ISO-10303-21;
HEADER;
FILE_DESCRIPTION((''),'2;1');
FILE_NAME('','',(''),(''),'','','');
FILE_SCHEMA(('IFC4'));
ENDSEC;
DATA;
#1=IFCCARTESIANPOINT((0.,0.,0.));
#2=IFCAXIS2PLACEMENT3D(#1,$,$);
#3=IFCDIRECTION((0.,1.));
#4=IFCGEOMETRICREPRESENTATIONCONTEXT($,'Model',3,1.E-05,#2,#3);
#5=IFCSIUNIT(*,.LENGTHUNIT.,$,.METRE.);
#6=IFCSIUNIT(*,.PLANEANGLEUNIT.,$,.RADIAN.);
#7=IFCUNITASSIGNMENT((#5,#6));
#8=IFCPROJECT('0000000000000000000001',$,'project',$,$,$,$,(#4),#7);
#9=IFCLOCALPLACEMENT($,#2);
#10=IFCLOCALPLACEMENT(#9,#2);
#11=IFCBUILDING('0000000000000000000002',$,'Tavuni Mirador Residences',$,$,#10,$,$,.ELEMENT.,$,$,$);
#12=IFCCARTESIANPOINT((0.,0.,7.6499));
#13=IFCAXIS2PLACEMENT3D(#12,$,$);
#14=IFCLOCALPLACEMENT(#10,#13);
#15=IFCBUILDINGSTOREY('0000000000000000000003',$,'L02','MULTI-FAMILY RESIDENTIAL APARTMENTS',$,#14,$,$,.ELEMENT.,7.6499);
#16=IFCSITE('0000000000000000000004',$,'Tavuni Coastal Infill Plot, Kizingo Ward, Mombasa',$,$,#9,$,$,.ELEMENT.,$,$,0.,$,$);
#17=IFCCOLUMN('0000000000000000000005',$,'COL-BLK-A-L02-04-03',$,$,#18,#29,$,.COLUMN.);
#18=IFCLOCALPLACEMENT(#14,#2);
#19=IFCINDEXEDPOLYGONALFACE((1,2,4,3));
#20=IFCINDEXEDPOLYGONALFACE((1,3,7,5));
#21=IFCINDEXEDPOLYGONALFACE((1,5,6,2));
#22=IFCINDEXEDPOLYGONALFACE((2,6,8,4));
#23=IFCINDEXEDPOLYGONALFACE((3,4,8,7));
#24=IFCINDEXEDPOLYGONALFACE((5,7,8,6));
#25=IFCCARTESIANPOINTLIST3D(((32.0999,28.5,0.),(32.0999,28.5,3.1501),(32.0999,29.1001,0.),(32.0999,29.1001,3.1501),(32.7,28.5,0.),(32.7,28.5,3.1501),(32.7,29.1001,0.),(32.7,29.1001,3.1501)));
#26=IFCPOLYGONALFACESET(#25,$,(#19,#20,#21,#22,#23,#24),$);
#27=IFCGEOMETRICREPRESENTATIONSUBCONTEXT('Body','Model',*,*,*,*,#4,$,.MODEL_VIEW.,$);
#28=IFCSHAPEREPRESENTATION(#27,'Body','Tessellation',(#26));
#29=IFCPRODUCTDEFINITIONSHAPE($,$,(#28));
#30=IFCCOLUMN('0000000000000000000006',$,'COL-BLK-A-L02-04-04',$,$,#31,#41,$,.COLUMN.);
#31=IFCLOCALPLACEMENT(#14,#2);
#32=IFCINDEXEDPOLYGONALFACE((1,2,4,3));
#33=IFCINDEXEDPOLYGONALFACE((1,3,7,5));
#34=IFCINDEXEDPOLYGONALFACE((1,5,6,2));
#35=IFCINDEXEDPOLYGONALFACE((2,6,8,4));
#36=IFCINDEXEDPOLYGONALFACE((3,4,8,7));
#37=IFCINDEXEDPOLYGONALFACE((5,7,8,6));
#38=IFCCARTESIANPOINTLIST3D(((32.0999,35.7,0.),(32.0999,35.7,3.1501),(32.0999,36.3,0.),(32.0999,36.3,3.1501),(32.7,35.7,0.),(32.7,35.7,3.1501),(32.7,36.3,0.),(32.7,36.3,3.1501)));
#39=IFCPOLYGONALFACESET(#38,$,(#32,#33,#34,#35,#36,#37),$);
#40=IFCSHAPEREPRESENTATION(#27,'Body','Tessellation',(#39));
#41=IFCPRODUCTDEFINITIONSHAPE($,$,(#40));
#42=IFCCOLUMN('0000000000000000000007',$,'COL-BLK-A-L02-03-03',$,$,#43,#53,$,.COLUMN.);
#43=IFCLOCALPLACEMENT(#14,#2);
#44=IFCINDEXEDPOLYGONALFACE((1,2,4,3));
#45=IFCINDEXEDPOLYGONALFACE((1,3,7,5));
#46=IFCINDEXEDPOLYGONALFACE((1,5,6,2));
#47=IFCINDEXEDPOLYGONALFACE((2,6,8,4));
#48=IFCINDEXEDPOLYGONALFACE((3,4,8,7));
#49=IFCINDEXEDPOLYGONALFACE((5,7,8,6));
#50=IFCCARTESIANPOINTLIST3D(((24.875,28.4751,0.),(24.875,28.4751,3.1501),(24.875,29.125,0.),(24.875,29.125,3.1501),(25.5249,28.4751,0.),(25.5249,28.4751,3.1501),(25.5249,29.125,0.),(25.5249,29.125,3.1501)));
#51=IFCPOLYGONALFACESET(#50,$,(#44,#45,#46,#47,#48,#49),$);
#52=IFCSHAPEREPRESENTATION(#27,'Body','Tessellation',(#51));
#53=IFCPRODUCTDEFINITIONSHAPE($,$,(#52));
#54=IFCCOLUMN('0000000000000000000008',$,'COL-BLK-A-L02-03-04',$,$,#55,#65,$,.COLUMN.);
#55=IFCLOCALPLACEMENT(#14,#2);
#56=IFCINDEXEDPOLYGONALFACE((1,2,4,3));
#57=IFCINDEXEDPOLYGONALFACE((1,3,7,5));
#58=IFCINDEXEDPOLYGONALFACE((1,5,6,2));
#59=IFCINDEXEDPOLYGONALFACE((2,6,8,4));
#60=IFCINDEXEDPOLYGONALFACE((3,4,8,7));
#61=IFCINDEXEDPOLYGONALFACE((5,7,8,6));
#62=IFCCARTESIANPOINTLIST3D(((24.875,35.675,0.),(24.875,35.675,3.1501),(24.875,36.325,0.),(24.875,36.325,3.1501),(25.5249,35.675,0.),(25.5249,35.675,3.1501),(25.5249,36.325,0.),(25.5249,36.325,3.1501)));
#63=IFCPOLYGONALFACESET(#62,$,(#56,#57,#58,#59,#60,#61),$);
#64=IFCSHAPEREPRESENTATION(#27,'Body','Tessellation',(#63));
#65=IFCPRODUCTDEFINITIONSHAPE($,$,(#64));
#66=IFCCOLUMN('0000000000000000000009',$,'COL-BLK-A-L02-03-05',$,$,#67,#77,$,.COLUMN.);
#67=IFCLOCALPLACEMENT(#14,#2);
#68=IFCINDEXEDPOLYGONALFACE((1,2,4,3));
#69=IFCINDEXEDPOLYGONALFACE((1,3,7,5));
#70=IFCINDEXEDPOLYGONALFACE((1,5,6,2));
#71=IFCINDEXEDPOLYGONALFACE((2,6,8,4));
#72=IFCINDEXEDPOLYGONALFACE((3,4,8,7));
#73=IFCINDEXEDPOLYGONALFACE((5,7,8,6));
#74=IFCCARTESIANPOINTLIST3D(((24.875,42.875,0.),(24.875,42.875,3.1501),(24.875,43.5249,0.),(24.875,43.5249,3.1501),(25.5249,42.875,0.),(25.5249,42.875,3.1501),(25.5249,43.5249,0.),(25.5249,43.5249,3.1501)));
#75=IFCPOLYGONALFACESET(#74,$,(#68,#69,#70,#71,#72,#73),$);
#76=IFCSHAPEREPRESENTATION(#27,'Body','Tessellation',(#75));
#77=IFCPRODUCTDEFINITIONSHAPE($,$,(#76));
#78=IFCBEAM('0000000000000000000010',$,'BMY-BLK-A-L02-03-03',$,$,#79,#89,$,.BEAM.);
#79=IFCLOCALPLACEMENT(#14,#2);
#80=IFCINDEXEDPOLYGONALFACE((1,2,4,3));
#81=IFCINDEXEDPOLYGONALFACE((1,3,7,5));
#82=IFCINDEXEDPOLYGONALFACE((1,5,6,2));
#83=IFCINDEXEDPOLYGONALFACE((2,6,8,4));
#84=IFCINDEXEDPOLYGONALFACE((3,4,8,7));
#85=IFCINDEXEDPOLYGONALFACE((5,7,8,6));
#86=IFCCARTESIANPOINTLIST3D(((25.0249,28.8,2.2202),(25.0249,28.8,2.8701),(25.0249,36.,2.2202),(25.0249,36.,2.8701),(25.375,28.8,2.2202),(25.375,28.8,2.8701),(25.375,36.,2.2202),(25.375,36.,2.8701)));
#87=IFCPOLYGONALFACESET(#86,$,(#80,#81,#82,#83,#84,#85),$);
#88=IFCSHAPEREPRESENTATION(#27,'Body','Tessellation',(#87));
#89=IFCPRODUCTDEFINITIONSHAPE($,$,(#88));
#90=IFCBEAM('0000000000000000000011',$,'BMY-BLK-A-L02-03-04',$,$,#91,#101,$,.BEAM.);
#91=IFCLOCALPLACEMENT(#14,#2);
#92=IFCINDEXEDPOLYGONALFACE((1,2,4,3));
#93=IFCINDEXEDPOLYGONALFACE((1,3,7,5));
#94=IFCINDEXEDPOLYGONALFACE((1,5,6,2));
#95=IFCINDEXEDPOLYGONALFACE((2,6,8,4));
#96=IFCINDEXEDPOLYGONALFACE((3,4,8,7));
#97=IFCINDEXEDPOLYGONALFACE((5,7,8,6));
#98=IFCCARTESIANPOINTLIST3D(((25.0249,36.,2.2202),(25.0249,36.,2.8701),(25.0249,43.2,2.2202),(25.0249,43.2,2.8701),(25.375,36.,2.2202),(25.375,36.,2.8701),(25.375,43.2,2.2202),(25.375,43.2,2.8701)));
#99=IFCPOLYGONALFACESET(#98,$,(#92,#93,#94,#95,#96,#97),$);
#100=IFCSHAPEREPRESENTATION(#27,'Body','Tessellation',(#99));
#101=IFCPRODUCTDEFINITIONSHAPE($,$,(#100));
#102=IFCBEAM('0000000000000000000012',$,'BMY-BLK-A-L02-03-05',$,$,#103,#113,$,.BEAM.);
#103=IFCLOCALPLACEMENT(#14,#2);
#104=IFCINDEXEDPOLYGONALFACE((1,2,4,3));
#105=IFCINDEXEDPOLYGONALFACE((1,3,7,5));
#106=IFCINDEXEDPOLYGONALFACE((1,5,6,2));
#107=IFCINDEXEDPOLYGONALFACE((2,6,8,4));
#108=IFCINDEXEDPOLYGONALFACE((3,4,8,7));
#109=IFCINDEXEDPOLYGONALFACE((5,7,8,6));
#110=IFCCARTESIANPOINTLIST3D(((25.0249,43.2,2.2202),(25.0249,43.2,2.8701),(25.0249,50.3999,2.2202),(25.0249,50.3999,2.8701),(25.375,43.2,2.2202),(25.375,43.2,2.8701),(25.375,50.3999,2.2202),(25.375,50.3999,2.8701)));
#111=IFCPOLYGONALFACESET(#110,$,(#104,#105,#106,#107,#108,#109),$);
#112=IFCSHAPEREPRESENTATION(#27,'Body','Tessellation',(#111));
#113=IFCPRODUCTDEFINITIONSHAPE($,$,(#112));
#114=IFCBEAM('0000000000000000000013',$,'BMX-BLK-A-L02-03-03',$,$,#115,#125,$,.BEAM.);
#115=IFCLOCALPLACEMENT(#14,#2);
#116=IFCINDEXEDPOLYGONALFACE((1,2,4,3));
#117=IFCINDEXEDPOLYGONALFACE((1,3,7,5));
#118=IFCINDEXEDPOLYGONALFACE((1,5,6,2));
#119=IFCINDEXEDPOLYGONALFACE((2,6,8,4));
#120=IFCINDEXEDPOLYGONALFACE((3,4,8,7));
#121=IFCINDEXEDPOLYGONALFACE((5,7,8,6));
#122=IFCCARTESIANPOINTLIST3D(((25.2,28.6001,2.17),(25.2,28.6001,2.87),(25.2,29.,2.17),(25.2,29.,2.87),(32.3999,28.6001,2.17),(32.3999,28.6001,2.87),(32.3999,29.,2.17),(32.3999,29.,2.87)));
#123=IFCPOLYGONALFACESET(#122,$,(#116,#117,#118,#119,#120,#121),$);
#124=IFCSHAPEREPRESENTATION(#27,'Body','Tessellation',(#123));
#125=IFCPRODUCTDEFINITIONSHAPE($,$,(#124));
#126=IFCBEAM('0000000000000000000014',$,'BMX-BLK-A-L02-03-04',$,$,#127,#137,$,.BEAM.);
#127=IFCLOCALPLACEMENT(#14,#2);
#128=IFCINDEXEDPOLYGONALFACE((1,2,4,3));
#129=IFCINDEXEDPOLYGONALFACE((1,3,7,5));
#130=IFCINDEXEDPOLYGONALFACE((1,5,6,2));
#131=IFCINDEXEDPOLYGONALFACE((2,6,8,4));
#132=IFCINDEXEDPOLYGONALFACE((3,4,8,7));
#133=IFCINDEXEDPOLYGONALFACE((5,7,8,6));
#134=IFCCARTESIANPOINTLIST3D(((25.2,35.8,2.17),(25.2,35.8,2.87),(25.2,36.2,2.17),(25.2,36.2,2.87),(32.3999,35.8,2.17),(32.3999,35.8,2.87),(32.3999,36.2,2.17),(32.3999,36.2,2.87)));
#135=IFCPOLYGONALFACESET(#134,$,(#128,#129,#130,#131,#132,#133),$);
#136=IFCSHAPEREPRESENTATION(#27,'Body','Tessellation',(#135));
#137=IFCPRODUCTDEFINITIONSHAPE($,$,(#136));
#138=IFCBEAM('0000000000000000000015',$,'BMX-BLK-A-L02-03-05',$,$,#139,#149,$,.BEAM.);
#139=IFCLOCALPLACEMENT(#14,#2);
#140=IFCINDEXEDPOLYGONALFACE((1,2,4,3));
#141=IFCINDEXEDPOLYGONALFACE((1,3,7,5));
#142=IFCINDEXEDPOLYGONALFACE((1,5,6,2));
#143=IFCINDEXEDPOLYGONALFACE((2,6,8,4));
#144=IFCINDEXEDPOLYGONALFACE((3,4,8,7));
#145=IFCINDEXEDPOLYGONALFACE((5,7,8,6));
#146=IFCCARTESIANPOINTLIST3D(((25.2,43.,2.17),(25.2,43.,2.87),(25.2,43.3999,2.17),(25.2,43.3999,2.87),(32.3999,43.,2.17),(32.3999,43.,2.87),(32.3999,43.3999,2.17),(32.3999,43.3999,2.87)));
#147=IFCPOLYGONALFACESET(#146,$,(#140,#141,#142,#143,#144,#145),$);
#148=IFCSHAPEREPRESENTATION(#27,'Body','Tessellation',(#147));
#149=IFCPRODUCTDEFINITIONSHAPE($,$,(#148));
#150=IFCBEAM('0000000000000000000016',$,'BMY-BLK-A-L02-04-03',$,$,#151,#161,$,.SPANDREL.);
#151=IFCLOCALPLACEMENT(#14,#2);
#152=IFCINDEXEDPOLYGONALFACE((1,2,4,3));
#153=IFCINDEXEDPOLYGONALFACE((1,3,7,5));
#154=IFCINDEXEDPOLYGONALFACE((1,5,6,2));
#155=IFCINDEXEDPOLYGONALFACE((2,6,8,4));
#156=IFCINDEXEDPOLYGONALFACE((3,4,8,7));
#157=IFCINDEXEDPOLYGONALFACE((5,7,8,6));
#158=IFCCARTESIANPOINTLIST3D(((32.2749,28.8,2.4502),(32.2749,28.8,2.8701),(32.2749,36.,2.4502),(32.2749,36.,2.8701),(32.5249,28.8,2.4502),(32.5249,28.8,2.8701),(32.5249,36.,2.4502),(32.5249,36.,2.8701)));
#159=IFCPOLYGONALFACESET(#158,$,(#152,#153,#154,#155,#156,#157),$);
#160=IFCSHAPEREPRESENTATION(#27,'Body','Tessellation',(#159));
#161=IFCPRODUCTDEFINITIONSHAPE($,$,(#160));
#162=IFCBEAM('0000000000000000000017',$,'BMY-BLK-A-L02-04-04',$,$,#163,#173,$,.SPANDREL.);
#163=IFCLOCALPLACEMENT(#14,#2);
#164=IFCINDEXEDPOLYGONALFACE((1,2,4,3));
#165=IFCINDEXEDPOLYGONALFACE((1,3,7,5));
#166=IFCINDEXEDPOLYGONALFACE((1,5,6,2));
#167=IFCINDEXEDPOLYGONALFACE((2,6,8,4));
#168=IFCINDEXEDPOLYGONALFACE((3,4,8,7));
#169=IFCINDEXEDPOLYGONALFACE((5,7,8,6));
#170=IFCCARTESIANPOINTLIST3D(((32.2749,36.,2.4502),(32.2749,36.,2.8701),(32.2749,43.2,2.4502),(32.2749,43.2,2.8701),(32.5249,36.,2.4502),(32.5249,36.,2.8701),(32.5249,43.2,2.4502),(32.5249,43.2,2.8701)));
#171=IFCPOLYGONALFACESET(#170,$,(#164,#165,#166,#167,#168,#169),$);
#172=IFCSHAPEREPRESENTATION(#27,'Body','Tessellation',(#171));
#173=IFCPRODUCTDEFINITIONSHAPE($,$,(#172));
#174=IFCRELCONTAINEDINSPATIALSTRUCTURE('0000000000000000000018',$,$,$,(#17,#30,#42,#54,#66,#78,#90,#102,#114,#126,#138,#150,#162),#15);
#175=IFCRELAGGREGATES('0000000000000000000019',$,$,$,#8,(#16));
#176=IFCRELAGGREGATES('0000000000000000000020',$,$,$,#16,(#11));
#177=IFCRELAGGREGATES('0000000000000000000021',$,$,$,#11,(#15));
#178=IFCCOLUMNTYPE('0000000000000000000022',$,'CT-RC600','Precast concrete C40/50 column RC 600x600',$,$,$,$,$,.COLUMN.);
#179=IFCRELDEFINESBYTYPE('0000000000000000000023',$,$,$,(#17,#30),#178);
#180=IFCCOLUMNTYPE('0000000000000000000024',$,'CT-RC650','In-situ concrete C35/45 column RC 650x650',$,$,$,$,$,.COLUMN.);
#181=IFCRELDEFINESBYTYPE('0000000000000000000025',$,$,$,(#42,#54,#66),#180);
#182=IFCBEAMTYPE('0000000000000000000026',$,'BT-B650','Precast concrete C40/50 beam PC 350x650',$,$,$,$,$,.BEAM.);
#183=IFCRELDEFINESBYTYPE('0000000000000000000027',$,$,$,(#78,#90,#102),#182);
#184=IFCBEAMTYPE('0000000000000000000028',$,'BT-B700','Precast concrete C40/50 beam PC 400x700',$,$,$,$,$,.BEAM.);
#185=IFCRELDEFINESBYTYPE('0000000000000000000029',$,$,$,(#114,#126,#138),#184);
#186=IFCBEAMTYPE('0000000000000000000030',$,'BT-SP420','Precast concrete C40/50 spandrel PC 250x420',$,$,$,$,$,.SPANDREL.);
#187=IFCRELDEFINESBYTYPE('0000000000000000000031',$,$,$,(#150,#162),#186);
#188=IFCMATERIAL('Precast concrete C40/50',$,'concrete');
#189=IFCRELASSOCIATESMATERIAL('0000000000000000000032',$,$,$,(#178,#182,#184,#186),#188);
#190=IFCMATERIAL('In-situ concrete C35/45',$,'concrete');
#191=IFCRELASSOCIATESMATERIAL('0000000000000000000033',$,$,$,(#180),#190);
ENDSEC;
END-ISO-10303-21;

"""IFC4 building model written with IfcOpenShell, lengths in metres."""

from ifc_helpers import new_model, si_unit, direction, frame, origin, origin_2d, place, context, subcontext, project, spatial, rectangle, extrude, material, material_profile, profile_set, type_object, element, save


model = new_model("IFC4")

# Units and contexts
model_context = context("Model", 3, precision=1e-05, world=origin(), true_north=direction((0.0, 1.0)))
body_context = subcontext(model_context, "Body", "Model", "MODEL_VIEW")
ifc_project = project(units=[si_unit("LENGTHUNIT", "METRE"), si_unit("PLANEANGLEUNIT", "RADIAN")], contexts=[model_context])

# Site, building, storey
site_placement = place(None, origin())
site = spatial("IfcSite", under=ifc_project, at=site_placement, Name="Tavuni Coastal Infill Plot, Kizingo Ward, Mombasa", CompositionType="ELEMENT", RefElevation=0.0)
building_placement = place(site_placement, origin())
building = spatial("IfcBuilding", under=site, at=building_placement, Name="Tavuni Mirador Residences", CompositionType="ELEMENT")
storey_placement = place(building_placement, frame((0.0, 0.0, 7.6499)))
storey = spatial("IfcBuildingStorey", under=building, at=storey_placement, Name="L02", Description="MULTI-FAMILY RESIDENTIAL APARTMENTS", CompositionType="ELEMENT", Elevation=7.6499)

# Columns
ifc_material_1 = material(Name="Precast concrete C40/50", Category="concrete")
ifc_material_profile_1 = material_profile(ifc_material_1, rectangle(XDim=0.6001, YDim=0.6001, at=origin_2d()), Name="RC 600x600", Category="concrete")
ifc_profile_set_1 = profile_set([ifc_material_profile_1], Name="Precast concrete C40/50")
column_type_1 = type_object("IfcColumnType", Name="CT-RC600", Description="Precast concrete C40/50 column RC 600x600", PredefinedType="COLUMN", material=ifc_profile_set_1)
for number, where, z_axis, x_axis, name in (
    (1, (32.3999, 28.8, 0.0), (0.0, 0.0, 1.0), (1.0, 0.0, 0.0), "COL-BLK-A-L02-04-03"),
    (2, (32.3999, 36.0, 0.0), (0.0, 0.0, 1.0), (1.0, 0.0, 0.0), "COL-BLK-A-L02-04-04"),
):
    element("IfcColumn", number, at=place(storey_placement, frame(where, z_axis=z_axis, x_axis=x_axis)), inside=storey, type_object=column_type_1, Name=name, PredefinedType="COLUMN", context=body_context, shape_type="SweptSolid", body=[
        extrude(rectangle(XDim=0.6001, YDim=0.6001, at=origin_2d()), origin(), (0.0, 0.0, 1.0), 3.1501),
    ])
ifc_material_2 = material(Name="In-situ concrete C35/45", Category="concrete")
ifc_material_profile_2 = material_profile(ifc_material_2, rectangle(XDim=0.6499, YDim=0.6499, at=origin_2d()), Name="RC 650x650", Category="concrete")
ifc_profile_set_2 = profile_set([ifc_material_profile_2], Name="In-situ concrete C35/45")
column_type_2 = type_object("IfcColumnType", Name="CT-RC650", Description="In-situ concrete C35/45 column RC 650x650", PredefinedType="COLUMN", material=ifc_profile_set_2)
for number, where, z_axis, x_axis, name in (
    (3, (25.2, 28.8, 0.0), (0.0, 0.0, 1.0), (1.0, 0.0, 0.0), "COL-BLK-A-L02-03-03"),
    (4, (25.2, 36.0, 0.0), (0.0, 0.0, 1.0), (1.0, 0.0, 0.0), "COL-BLK-A-L02-03-04"),
    (5, (25.2, 43.2, 0.0), (0.0, 0.0, 1.0), (1.0, 0.0, 0.0), "COL-BLK-A-L02-03-05"),
):
    element("IfcColumn", number, at=place(storey_placement, frame(where, z_axis=z_axis, x_axis=x_axis)), inside=storey, type_object=column_type_2, Name=name, PredefinedType="COLUMN", context=body_context, shape_type="SweptSolid", body=[
        extrude(rectangle(XDim=0.6499, YDim=0.6499, at=origin_2d()), origin(), (0.0, 0.0, 1.0), 3.1501),
    ])

# Beams
ifc_material_profile_3 = material_profile(ifc_material_1, rectangle(XDim=0.3501, YDim=0.6499, at=origin_2d()), Name="PC 350x650", Category="concrete")
ifc_profile_set_3 = profile_set([ifc_material_profile_3], Name="Precast concrete C40/50")
beam_type_1 = type_object("IfcBeamType", Name="BT-B650", Description="Precast concrete C40/50 beam PC 350x650", PredefinedType="BEAM", material=ifc_profile_set_3)
for number, where, z_axis, x_axis, name in (
    (6, (25.2, 28.8, 2.5452), (0.0, 1.0, 0.0), (-1.0, 0.0, 0.0), "BMY-BLK-A-L02-03-03"),
    (7, (25.2, 36.0, 2.5452), (0.0, 1.0, 0.0), (-1.0, 0.0, 0.0), "BMY-BLK-A-L02-03-04"),
    (8, (25.2, 43.2, 2.5452), (0.0, 1.0, 0.0), (-1.0, 0.0, 0.0), "BMY-BLK-A-L02-03-05"),
):
    element("IfcBeam", number, at=place(storey_placement, frame(where, z_axis=z_axis, x_axis=x_axis)), inside=storey, type_object=beam_type_1, Name=name, PredefinedType="BEAM", context=body_context, shape_type="SweptSolid", body=[
        extrude(rectangle(XDim=0.3501, YDim=0.6499, at=origin_2d()), origin(), (0.0, 0.0, 1.0), 7.2),
    ])
ifc_material_profile_4 = material_profile(ifc_material_1, rectangle(XDim=0.3999, YDim=0.7, at=origin_2d()), Name="PC 400x700", Category="concrete")
ifc_profile_set_4 = profile_set([ifc_material_profile_4], Name="Precast concrete C40/50")
beam_type_2 = type_object("IfcBeamType", Name="BT-B700", Description="Precast concrete C40/50 beam PC 400x700", PredefinedType="BEAM", material=ifc_profile_set_4)
for number, where, z_axis, x_axis, name in (
    (9, (25.2, 28.8, 2.52), (1.0, 0.0, 0.0), (0.0, 1.0, 0.0), "BMX-BLK-A-L02-03-03"),
    (10, (25.2, 36.0, 2.52), (1.0, 0.0, 0.0), (0.0, 1.0, 0.0), "BMX-BLK-A-L02-03-04"),
    (11, (25.2, 43.2, 2.52), (1.0, 0.0, 0.0), (0.0, 1.0, 0.0), "BMX-BLK-A-L02-03-05"),
):
    element("IfcBeam", number, at=place(storey_placement, frame(where, z_axis=z_axis, x_axis=x_axis)), inside=storey, type_object=beam_type_2, Name=name, PredefinedType="BEAM", context=body_context, shape_type="SweptSolid", body=[
        extrude(rectangle(XDim=0.3999, YDim=0.7, at=origin_2d()), origin(), (0.0, 0.0, 1.0), 7.2),
    ])
ifc_material_profile_5 = material_profile(ifc_material_1, rectangle(XDim=0.25, YDim=0.4199, at=origin_2d()), Name="PC 250x420", Category="concrete")
ifc_profile_set_5 = profile_set([ifc_material_profile_5], Name="Precast concrete C40/50")
beam_type_3 = type_object("IfcBeamType", Name="BT-SP420", Description="Precast concrete C40/50 spandrel PC 250x420", PredefinedType="SPANDREL", material=ifc_profile_set_5)
for number, where, z_axis, x_axis, name in (
    (12, (32.3999, 28.8, 2.6602), (0.0, 1.0, 0.0), (-1.0, 0.0, 0.0), "BMY-BLK-A-L02-04-03"),
    (13, (32.3999, 36.0, 2.6602), (0.0, 1.0, 0.0), (-1.0, 0.0, 0.0), "BMY-BLK-A-L02-04-04"),
):
    element("IfcBeam", number, at=place(storey_placement, frame(where, z_axis=z_axis, x_axis=x_axis)), inside=storey, type_object=beam_type_3, Name=name, PredefinedType="SPANDREL", context=body_context, shape_type="SweptSolid", body=[
        extrude(rectangle(XDim=0.25, YDim=0.4199, at=origin_2d()), origin(), (0.0, 0.0, 1.0), 7.2),
    ])

save(model, "model.ifc")
